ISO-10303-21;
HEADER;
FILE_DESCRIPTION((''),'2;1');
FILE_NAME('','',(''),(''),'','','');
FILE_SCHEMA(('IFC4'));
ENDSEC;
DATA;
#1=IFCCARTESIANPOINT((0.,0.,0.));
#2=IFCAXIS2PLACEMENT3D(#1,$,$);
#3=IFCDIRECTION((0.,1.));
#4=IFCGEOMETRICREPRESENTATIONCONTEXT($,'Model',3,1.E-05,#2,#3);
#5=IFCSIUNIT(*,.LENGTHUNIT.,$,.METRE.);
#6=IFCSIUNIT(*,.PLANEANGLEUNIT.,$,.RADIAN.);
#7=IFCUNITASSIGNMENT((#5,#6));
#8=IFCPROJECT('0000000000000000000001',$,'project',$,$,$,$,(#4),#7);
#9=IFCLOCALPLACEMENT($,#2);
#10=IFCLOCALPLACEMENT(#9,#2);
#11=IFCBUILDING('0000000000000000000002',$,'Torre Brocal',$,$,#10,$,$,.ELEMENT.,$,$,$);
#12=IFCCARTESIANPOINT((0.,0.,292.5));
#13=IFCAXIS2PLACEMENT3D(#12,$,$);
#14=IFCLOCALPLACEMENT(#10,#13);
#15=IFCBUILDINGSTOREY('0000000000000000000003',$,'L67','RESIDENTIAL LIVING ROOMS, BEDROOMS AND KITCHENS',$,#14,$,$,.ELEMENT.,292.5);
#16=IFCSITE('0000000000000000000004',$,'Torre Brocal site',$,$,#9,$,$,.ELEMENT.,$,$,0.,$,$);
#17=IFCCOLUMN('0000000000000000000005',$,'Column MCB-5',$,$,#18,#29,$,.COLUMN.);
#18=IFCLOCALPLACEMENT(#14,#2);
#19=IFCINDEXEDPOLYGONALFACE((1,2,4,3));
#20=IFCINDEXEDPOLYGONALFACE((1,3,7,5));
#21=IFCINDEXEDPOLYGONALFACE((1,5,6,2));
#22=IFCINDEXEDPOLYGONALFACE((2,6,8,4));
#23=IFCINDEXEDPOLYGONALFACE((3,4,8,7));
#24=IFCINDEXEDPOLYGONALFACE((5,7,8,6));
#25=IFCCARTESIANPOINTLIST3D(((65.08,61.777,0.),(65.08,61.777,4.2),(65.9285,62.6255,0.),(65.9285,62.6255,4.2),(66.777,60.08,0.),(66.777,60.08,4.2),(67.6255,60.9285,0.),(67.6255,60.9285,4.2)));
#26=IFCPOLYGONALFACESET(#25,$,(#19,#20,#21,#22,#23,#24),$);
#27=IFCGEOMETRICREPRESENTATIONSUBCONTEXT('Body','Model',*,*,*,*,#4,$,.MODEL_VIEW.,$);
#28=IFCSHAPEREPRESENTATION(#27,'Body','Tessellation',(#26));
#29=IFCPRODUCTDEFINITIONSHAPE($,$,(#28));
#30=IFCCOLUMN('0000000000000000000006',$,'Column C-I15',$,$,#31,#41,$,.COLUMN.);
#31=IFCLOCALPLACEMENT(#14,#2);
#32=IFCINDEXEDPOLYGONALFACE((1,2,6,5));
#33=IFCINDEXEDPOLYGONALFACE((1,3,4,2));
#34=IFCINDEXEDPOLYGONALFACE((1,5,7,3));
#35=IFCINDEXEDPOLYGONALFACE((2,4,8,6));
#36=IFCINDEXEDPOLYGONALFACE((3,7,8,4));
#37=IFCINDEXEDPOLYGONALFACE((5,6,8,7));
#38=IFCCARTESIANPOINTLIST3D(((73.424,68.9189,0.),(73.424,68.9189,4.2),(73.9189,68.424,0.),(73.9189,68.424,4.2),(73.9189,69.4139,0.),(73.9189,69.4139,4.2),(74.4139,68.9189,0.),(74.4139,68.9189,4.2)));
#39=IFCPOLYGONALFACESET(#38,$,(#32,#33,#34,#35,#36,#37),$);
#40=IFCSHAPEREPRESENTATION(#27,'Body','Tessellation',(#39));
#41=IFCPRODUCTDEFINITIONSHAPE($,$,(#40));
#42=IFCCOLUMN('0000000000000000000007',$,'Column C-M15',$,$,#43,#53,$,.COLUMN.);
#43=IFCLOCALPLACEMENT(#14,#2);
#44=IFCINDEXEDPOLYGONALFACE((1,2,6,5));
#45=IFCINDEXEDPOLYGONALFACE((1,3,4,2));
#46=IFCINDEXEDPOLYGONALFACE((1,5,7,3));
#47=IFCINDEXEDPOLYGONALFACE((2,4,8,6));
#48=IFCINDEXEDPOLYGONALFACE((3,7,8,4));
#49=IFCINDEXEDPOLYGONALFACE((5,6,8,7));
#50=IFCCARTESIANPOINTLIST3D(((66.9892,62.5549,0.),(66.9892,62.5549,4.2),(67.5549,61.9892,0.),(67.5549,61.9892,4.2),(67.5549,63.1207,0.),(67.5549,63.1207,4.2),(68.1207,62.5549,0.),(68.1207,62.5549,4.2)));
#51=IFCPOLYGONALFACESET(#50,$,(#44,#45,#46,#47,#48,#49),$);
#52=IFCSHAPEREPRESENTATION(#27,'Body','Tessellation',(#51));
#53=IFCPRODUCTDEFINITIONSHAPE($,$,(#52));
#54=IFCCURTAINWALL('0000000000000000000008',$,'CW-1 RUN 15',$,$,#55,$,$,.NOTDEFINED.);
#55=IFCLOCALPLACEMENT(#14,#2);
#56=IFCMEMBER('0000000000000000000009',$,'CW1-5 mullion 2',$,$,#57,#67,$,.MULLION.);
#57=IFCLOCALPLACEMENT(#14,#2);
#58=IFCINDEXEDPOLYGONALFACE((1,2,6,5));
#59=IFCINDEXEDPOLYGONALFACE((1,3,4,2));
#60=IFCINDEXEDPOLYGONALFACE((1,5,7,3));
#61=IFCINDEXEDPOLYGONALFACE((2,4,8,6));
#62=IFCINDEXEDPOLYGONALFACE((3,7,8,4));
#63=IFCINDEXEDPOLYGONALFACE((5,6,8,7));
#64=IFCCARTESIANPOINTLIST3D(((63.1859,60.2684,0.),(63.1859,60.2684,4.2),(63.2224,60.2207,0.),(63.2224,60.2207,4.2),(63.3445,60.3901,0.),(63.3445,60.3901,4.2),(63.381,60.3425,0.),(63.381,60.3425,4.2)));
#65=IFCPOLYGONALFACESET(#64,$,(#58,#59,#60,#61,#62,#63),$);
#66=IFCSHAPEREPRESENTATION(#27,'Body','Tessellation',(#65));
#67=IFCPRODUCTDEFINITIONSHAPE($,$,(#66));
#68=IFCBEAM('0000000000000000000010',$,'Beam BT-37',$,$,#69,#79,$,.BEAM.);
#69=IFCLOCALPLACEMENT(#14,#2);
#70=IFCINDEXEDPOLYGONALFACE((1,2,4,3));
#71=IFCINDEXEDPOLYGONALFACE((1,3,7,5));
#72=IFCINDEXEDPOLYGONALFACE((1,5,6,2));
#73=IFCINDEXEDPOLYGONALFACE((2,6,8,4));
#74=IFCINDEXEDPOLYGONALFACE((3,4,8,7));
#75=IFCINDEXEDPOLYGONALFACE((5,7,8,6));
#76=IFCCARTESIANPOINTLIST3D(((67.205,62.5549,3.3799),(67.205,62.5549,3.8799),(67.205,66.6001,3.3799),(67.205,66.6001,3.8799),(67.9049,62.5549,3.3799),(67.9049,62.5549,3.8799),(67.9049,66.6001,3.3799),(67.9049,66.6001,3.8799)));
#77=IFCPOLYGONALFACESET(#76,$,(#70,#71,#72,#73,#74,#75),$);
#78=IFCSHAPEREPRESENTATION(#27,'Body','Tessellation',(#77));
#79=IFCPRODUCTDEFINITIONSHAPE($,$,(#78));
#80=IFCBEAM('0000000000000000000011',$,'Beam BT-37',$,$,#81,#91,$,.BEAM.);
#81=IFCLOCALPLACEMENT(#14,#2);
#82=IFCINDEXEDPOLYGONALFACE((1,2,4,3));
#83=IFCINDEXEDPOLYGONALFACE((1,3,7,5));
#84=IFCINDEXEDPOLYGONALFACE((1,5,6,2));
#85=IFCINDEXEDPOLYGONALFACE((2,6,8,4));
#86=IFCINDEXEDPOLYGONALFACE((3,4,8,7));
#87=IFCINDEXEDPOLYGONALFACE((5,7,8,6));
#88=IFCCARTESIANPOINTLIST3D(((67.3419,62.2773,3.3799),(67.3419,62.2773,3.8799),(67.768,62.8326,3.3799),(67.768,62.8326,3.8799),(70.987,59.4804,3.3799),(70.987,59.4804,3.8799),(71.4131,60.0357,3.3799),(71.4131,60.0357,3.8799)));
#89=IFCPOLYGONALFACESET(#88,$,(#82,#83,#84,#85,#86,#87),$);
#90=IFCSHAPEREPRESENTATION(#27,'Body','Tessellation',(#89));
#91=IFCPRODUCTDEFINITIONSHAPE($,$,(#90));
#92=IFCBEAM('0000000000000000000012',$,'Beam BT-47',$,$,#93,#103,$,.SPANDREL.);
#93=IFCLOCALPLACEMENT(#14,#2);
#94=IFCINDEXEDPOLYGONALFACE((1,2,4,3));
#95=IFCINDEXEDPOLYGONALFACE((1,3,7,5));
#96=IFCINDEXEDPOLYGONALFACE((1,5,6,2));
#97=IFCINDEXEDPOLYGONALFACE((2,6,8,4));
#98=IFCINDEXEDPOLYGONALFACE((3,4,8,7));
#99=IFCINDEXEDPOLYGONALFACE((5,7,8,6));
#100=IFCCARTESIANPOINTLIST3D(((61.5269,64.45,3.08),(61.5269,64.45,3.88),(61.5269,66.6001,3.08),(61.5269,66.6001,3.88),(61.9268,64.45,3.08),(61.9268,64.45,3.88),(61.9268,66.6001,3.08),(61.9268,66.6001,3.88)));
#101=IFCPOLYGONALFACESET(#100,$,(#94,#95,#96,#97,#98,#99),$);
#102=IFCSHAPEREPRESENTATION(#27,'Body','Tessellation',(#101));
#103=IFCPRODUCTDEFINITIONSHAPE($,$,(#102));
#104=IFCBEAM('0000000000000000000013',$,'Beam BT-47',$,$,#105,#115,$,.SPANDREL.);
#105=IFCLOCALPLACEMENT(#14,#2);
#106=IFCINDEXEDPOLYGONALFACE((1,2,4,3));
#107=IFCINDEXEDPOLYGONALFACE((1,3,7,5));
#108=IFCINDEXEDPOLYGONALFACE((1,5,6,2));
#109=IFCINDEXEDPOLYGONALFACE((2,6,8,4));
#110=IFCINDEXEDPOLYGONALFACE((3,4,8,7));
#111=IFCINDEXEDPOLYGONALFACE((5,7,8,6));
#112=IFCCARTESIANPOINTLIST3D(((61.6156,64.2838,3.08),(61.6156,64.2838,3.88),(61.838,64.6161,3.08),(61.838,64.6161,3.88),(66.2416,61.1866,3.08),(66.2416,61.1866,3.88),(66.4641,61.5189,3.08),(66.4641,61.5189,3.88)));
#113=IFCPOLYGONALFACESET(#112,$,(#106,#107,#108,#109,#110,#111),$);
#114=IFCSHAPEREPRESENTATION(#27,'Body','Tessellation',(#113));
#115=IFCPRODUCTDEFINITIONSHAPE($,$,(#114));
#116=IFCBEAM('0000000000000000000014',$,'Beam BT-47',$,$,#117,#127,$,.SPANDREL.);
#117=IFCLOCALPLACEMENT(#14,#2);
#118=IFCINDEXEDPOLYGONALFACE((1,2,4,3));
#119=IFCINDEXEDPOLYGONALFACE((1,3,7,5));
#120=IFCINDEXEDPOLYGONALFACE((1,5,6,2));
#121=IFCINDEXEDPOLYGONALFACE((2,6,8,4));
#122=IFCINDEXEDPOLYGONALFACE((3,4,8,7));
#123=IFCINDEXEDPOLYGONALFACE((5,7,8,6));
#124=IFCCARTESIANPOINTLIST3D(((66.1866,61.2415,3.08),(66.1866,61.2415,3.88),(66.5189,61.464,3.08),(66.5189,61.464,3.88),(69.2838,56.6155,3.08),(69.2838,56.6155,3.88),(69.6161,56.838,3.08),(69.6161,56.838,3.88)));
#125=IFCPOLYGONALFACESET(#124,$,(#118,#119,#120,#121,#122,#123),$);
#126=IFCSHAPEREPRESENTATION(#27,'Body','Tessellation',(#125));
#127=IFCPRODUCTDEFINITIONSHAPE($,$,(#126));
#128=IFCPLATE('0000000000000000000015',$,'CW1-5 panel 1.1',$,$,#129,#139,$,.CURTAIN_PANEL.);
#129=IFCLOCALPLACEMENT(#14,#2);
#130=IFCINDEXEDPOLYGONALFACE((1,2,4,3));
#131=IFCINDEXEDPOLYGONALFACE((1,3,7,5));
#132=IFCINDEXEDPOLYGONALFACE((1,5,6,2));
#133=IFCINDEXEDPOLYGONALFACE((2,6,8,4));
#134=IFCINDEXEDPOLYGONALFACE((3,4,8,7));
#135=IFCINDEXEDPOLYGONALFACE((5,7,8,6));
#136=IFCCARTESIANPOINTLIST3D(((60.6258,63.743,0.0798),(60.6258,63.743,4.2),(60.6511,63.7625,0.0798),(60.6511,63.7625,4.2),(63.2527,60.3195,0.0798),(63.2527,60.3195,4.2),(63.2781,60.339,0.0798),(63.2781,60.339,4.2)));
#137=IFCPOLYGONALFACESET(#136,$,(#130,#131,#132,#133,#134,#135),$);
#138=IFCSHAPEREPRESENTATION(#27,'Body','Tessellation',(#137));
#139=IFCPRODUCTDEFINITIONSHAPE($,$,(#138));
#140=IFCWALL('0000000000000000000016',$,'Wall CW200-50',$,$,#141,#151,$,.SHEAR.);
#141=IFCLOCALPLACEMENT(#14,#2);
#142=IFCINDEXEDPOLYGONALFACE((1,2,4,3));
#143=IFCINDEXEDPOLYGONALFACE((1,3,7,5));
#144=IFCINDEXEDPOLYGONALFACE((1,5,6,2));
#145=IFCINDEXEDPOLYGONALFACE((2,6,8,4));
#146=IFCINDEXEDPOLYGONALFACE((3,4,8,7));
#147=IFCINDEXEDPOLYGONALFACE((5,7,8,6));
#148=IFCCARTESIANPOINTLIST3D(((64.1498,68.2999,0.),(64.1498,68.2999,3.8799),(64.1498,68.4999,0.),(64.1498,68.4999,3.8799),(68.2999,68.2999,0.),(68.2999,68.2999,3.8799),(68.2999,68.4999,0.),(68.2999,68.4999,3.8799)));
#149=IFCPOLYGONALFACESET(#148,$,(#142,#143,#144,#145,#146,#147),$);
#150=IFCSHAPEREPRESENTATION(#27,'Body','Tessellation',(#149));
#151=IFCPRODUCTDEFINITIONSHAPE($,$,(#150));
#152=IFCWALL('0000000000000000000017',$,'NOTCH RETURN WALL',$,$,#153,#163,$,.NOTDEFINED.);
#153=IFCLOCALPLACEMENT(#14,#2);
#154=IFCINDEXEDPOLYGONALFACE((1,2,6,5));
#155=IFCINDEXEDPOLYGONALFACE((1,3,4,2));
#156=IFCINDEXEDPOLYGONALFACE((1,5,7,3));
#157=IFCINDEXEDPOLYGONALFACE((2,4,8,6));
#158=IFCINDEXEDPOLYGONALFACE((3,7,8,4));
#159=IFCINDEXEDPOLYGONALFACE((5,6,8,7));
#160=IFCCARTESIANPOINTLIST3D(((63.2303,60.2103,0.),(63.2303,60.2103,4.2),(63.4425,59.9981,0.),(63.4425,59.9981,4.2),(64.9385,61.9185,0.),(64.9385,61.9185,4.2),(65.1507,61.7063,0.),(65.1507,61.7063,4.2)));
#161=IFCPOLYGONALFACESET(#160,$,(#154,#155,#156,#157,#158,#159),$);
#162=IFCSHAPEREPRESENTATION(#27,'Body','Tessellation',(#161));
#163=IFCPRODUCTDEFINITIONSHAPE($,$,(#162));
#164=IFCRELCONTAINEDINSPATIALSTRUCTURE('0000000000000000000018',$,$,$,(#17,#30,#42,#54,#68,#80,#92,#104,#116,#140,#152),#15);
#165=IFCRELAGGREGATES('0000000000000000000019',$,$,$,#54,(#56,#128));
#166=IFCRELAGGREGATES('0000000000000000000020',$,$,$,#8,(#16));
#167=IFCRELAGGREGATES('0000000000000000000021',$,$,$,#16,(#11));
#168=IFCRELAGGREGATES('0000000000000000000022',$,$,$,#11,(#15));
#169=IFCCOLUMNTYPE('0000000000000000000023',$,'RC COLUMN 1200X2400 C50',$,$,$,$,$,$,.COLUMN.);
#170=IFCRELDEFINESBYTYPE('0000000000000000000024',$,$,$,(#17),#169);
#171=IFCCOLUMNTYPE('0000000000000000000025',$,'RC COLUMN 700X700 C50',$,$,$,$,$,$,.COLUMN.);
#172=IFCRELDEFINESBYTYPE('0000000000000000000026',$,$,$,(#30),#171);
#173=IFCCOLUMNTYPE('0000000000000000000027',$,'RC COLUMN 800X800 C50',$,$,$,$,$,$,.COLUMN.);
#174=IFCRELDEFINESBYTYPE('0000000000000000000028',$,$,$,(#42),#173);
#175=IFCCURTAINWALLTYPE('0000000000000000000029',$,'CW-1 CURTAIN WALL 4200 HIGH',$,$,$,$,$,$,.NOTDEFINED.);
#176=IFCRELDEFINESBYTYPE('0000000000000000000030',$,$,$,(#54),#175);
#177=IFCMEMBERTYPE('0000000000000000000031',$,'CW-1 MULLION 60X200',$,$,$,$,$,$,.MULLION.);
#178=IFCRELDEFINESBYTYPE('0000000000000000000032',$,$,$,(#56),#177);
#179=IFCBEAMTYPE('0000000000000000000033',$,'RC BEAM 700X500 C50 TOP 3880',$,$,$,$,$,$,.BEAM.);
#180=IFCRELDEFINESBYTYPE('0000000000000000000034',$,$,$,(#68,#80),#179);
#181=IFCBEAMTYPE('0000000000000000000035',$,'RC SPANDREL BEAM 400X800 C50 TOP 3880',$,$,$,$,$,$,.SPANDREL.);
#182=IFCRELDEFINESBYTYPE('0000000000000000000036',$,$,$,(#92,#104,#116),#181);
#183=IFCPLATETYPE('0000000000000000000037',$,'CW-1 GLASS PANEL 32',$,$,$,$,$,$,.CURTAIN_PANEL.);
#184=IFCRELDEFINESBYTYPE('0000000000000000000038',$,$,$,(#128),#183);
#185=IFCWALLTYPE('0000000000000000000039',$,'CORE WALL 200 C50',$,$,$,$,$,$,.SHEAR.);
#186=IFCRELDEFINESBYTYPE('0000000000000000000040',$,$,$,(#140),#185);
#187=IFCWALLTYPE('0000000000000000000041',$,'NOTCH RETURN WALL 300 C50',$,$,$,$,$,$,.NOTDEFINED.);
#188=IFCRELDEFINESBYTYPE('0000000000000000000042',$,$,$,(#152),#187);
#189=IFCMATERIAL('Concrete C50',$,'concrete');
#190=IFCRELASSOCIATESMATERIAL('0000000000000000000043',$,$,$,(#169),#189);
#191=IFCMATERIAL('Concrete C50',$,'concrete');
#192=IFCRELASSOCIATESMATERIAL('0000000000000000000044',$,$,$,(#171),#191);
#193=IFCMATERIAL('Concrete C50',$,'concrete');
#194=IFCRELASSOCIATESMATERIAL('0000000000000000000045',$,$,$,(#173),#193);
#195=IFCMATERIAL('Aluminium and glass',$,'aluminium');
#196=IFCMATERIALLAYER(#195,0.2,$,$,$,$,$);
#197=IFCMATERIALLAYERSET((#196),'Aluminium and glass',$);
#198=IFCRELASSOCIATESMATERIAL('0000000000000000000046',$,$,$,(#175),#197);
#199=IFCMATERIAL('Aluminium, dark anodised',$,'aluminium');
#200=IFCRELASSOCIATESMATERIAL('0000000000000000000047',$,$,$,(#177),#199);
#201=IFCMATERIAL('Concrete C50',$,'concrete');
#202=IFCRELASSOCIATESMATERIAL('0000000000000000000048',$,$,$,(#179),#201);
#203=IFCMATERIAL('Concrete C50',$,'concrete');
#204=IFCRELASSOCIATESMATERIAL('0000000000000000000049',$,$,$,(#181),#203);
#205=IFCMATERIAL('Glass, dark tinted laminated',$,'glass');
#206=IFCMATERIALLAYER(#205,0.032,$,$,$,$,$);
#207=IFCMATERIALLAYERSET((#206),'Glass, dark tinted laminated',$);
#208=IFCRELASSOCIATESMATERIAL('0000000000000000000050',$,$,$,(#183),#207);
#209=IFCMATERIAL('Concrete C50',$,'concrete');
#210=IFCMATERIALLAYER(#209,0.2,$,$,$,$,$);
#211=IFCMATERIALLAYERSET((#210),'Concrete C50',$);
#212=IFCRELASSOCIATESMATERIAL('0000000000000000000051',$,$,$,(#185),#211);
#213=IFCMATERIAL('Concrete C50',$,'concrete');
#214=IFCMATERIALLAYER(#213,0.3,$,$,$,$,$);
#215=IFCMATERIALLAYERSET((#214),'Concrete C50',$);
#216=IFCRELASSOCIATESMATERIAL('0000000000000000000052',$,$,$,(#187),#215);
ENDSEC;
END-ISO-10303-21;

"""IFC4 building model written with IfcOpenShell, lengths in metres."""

from ifc_helpers import new_model, si_unit, direction, frame, frame_2d, origin, origin_2d, place, context, subcontext, project, spatial, rectangle, extrude, material, layer, layer_set, material_profile, profile_set, type_object, element, aggregate, save


model = new_model("IFC4")

# Units and contexts
model_context = context("Model", 3, precision=1e-05, world=origin(), true_north=direction((0.0, 1.0)))
body_context = subcontext(model_context, "Body", "Model", "MODEL_VIEW")
ifc_project = project(units=[si_unit("LENGTHUNIT", "METRE"), si_unit("PLANEANGLEUNIT", "RADIAN")], contexts=[model_context])

# Site, building, storey
site_placement = place(None, origin())
site = spatial("IfcSite", under=ifc_project, at=site_placement, Name="Torre Brocal site", CompositionType="ELEMENT", RefElevation=0.0)
building_placement = place(site_placement, origin())
building = spatial("IfcBuilding", under=site, at=building_placement, Name="Torre Brocal", CompositionType="ELEMENT")
storey_placement = place(building_placement, frame((0.0, 0.0, 292.5)))
storey = spatial("IfcBuildingStorey", under=building, at=storey_placement, Name="L67", Description="RESIDENTIAL LIVING ROOMS, BEDROOMS AND KITCHENS", CompositionType="ELEMENT", Elevation=292.5)

# Columns
ifc_material_1 = material(Name="Concrete C50", Category="concrete")
ifc_material_profile_1 = material_profile(ifc_material_1, rectangle(XDim=1.2, YDim=2.3999, at=origin_2d()), Name="RC 1200X2400")
ifc_profile_set_1 = profile_set([ifc_material_profile_1], Name="Concrete C50")
column_type_1 = type_object("IfcColumnType", Name="RC COLUMN 1200X2400 C50", PredefinedType="COLUMN", material=ifc_profile_set_1)
column_1_placement = place(storey_placement, frame((66.3528, 61.3528, 0.0), z_axis=(0.0, 0.0, 1.0), x_axis=(-0.707107, -0.707107, 0.0)))
element("IfcColumn", 1, at=column_1_placement, inside=storey, type_object=column_type_1, Name="Column MCB-5", PredefinedType="COLUMN", context=body_context, shape_type="SweptSolid", body=[
    extrude(rectangle(XDim=1.2, YDim=2.3999, at=origin_2d()), origin(), (0.0, 0.0, 1.0), 4.2),
])
ifc_material_2 = material(Name="Concrete C50", Category="concrete")
ifc_material_profile_2 = material_profile(ifc_material_2, rectangle(XDim=0.7, YDim=0.7, at=origin_2d()), Name="RC 700X700")
ifc_profile_set_2 = profile_set([ifc_material_profile_2], Name="Concrete C50")
column_type_2 = type_object("IfcColumnType", Name="RC COLUMN 700X700 C50", PredefinedType="COLUMN", material=ifc_profile_set_2)
column_2_placement = place(storey_placement, frame((73.9189, 68.9189, 0.0), z_axis=(0.0, 0.0, 1.0), x_axis=(-0.707107, -0.707107, 0.0)))
element("IfcColumn", 2, at=column_2_placement, inside=storey, type_object=column_type_2, Name="Column C-I15", PredefinedType="COLUMN", context=body_context, shape_type="SweptSolid", body=[
    extrude(rectangle(XDim=0.7, YDim=0.7, at=origin_2d()), origin(), (0.0, 0.0, 1.0), 4.2),
])
ifc_material_3 = material(Name="Concrete C50", Category="concrete")
ifc_material_profile_3 = material_profile(ifc_material_3, rectangle(XDim=0.8, YDim=0.8, at=origin_2d()), Name="RC 800X800")
ifc_profile_set_3 = profile_set([ifc_material_profile_3], Name="Concrete C50")
column_type_3 = type_object("IfcColumnType", Name="RC COLUMN 800X800 C50", PredefinedType="COLUMN", material=ifc_profile_set_3)
column_3_placement = place(storey_placement, frame((67.5549, 62.5549, 0.0), z_axis=(0.0, 0.0, 1.0), x_axis=(-0.707107, -0.707107, 0.0)))
element("IfcColumn", 3, at=column_3_placement, inside=storey, type_object=column_type_3, Name="Column C-M15", PredefinedType="COLUMN", context=body_context, shape_type="SweptSolid", body=[
    extrude(rectangle(XDim=0.8, YDim=0.8, at=origin_2d()), origin(), (0.0, 0.0, 1.0), 4.2),
])

# Curtain wall, member
ifc_material_4 = material(Name="Aluminium and glass", Category="aluminium")
ifc_layer_1 = layer(ifc_material_4, 0.2)
ifc_layer_set_1 = layer_set([ifc_layer_1], Name="Aluminium and glass")
curtain_wall_type = type_object("IfcCurtainWallType", Name="CW-1 CURTAIN WALL 4200 HIGH", PredefinedType="NOTDEFINED", material=ifc_layer_set_1)
curtain_wall_placement = place(storey_placement, origin())
curtain_wall = element("IfcCurtainWall", 4, at=curtain_wall_placement, inside=storey, type_object=curtain_wall_type, Name="CW-1 RUN 15", PredefinedType="NOTDEFINED")
ifc_material_5 = material(Name="Aluminium, dark anodised", Category="aluminium")
ifc_material_profile_4 = material_profile(ifc_material_5, rectangle(XDim=0.2, YDim=0.0601, at=origin_2d()), Name="CW-1 MULLION 60X200")
ifc_profile_set_4 = profile_set([ifc_material_profile_4], Name="Aluminium, dark anodised")
member_type = type_object("IfcMemberType", Name="CW-1 MULLION 60X200", PredefinedType="MULLION", material=ifc_profile_set_4)
member_placement = place(storey_placement, frame((63.2834, 60.3054, 0.0), z_axis=(0.0, 0.0, 1.0), x_axis=(0.793353, 0.608761, 0.0)))
member = element("IfcMember", 5, at=member_placement, type_object=member_type, Name="CW1-5 mullion 2", PredefinedType="MULLION", context=body_context, shape_type="SweptSolid", body=[
    extrude(rectangle(XDim=0.2, YDim=0.0601, at=origin_2d()), origin(), (0.0, 0.0, 1.0), 4.2),
])

# Beams
ifc_material_6 = material(Name="Concrete C50", Category="concrete")
ifc_material_profile_5 = material_profile(ifc_material_6, rectangle(XDim=0.7, YDim=0.5, at=origin_2d()), Name="RC 700X500")
ifc_profile_set_5 = profile_set([ifc_material_profile_5], Name="Concrete C50")
beam_type_1 = type_object("IfcBeamType", Name="RC BEAM 700X500 C50 TOP 3880", PredefinedType="BEAM", material=ifc_profile_set_5)
beam_1_placement = place(storey_placement, frame((67.5549, 62.5549, 3.6299), z_axis=(0.0, 1.0, 0.0), x_axis=(-1.0, 0.0, 0.0)))
element("IfcBeam", 6, at=beam_1_placement, inside=storey, type_object=beam_type_1, Name="Beam BT-37", PredefinedType="BEAM", context=body_context, shape_type="SweptSolid", body=[
    extrude(rectangle(XDim=0.7, YDim=0.5, at=origin_2d()), origin(), (0.0, 0.0, 1.0), 4.0452),
])
beam_2_placement = place(storey_placement, frame((67.5549, 62.5549, 3.6299), z_axis=(0.793358, -0.608755, 0.0), x_axis=(0.608755, 0.793358, 0.0)))
element("IfcBeam", 7, at=beam_2_placement, inside=storey, type_object=beam_type_1, Name="Beam BT-37", PredefinedType="BEAM", context=body_context, shape_type="SweptSolid", body=[
    extrude(rectangle(XDim=0.7, YDim=0.5, at=origin_2d()), origin(), (0.0, 0.0, 1.0), 4.5945),
])
ifc_material_7 = material(Name="Concrete C50", Category="concrete")
ifc_material_profile_6 = material_profile(ifc_material_7, rectangle(XDim=0.3999, YDim=0.8, at=origin_2d()), Name="RC 400X800")
ifc_profile_set_6 = profile_set([ifc_material_profile_6], Name="Concrete C50")
beam_type_2 = type_object("IfcBeamType", Name="RC SPANDREL BEAM 400X800 C50 TOP 3880", PredefinedType="SPANDREL", material=ifc_profile_set_6)
beam_3_placement = place(storey_placement, frame((61.7268, 64.45, 3.48), z_axis=(0.0, 1.0, 0.0), x_axis=(-1.0, 0.0, 0.0)))
element("IfcBeam", 8, at=beam_3_placement, inside=storey, type_object=beam_type_2, Name="Beam BT-47", PredefinedType="SPANDREL", context=body_context, shape_type="SweptSolid", body=[
    extrude(rectangle(XDim=0.3999, YDim=0.8, at=origin_2d()), origin(), (0.0, 0.0, 1.0), 2.1501),
])
for number, where, z_axis, x_axis, name in (
    (9, (61.7268, 64.45, 3.48), (0.830956, -0.556339, 0.0), (0.556339, 0.830956, 0.0), "Beam BT-47"),
    (10, (66.3528, 61.3528, 3.48), (0.556339, -0.830956, 0.0), (0.830956, 0.556339, 0.0), "Beam BT-47"),
):
    element("IfcBeam", number, at=place(storey_placement, frame(where, z_axis=z_axis, x_axis=x_axis)), inside=storey, type_object=beam_type_2, Name=name, PredefinedType="SPANDREL", context=body_context, shape_type="SweptSolid", body=[
        extrude(rectangle(XDim=0.3999, YDim=0.8, at=origin_2d()), origin(), (0.0, 0.0, 1.0), 5.5671),
    ])

# Plate
ifc_material_8 = material(Name="Glass, dark tinted laminated", Category="glass")
ifc_layer_2 = layer(ifc_material_8, 0.032)
ifc_layer_set_2 = layer_set([ifc_layer_2], Name="Glass, dark tinted laminated")
plate_type = type_object("IfcPlateType", Name="CW-1 GLASS PANEL 32", PredefinedType="CURTAIN_PANEL", material=ifc_layer_set_2)
plate_placement = place(storey_placement, frame((61.9519, 62.041, 0.0798), z_axis=(0.0, 0.0, 1.0), x_axis=(0.608761, -0.793353, 0.0)))
plate = element("IfcPlate", 11, at=plate_placement, type_object=plate_type, Name="CW1-5 panel 1.1", PredefinedType="CURTAIN_PANEL", context=body_context, shape_type="SweptSolid", body=[
    extrude(rectangle(XDim=4.3152, YDim=0.032, at=origin_2d()), origin(), (0.0, 0.0, 1.0), 4.1201),
])
aggregate(curtain_wall, [member, plate])

# Wall
ifc_material_9 = material(Name="Concrete C50", Category="concrete")
ifc_layer_3 = layer(ifc_material_9, 0.2)
ifc_layer_set_3 = layer_set([ifc_layer_3], Name="Concrete C50")
wall_type_1 = type_object("IfcWallType", Name="CORE WALL 200 C50", PredefinedType="SHEAR", material=ifc_layer_set_3)
wall_1_placement = place(storey_placement, frame((68.3, 68.3999, 0.0), z_axis=(0.0, 0.0, 1.0), x_axis=(-1.0, 0.0, 0.0)))
element("IfcWall", 12, at=wall_1_placement, inside=storey, type_object=wall_type_1, Name="Wall CW200-50", PredefinedType="SHEAR", context=body_context, shape_type="SweptSolid", body=[
    extrude(rectangle(XDim=4.1501, YDim=0.2, at=frame_2d((2.0752, 0.0))), origin(), (0.0, 0.0, 1.0), 3.8799),
])

# Wall
ifc_material_10 = material(Name="Concrete C50", Category="concrete")
ifc_layer_4 = layer(ifc_material_10, 0.3)
ifc_layer_set_4 = layer_set([ifc_layer_4], Name="Concrete C50")
wall_type_2 = type_object("IfcWallType", Name="NOTCH RETURN WALL 300 C50", PredefinedType="NOTDEFINED", material=ifc_layer_set_4)
wall_2_placement = place(storey_placement, frame((65.0447, 61.8125, 0.0), z_axis=(0.0, 0.0, 1.0), x_axis=(-0.707107, -0.707107, 0.0)))
element("IfcWall", 13, at=wall_2_placement, inside=storey, type_object=wall_type_2, Name="NOTCH RETURN WALL", PredefinedType="NOTDEFINED", context=body_context, shape_type="SweptSolid", body=[
    extrude(rectangle(XDim=2.4158, YDim=0.3, at=frame_2d((1.208, 0.0))), origin(), (0.0, 0.0, 1.0), 4.2),
])

save(model, "model.ifc")
